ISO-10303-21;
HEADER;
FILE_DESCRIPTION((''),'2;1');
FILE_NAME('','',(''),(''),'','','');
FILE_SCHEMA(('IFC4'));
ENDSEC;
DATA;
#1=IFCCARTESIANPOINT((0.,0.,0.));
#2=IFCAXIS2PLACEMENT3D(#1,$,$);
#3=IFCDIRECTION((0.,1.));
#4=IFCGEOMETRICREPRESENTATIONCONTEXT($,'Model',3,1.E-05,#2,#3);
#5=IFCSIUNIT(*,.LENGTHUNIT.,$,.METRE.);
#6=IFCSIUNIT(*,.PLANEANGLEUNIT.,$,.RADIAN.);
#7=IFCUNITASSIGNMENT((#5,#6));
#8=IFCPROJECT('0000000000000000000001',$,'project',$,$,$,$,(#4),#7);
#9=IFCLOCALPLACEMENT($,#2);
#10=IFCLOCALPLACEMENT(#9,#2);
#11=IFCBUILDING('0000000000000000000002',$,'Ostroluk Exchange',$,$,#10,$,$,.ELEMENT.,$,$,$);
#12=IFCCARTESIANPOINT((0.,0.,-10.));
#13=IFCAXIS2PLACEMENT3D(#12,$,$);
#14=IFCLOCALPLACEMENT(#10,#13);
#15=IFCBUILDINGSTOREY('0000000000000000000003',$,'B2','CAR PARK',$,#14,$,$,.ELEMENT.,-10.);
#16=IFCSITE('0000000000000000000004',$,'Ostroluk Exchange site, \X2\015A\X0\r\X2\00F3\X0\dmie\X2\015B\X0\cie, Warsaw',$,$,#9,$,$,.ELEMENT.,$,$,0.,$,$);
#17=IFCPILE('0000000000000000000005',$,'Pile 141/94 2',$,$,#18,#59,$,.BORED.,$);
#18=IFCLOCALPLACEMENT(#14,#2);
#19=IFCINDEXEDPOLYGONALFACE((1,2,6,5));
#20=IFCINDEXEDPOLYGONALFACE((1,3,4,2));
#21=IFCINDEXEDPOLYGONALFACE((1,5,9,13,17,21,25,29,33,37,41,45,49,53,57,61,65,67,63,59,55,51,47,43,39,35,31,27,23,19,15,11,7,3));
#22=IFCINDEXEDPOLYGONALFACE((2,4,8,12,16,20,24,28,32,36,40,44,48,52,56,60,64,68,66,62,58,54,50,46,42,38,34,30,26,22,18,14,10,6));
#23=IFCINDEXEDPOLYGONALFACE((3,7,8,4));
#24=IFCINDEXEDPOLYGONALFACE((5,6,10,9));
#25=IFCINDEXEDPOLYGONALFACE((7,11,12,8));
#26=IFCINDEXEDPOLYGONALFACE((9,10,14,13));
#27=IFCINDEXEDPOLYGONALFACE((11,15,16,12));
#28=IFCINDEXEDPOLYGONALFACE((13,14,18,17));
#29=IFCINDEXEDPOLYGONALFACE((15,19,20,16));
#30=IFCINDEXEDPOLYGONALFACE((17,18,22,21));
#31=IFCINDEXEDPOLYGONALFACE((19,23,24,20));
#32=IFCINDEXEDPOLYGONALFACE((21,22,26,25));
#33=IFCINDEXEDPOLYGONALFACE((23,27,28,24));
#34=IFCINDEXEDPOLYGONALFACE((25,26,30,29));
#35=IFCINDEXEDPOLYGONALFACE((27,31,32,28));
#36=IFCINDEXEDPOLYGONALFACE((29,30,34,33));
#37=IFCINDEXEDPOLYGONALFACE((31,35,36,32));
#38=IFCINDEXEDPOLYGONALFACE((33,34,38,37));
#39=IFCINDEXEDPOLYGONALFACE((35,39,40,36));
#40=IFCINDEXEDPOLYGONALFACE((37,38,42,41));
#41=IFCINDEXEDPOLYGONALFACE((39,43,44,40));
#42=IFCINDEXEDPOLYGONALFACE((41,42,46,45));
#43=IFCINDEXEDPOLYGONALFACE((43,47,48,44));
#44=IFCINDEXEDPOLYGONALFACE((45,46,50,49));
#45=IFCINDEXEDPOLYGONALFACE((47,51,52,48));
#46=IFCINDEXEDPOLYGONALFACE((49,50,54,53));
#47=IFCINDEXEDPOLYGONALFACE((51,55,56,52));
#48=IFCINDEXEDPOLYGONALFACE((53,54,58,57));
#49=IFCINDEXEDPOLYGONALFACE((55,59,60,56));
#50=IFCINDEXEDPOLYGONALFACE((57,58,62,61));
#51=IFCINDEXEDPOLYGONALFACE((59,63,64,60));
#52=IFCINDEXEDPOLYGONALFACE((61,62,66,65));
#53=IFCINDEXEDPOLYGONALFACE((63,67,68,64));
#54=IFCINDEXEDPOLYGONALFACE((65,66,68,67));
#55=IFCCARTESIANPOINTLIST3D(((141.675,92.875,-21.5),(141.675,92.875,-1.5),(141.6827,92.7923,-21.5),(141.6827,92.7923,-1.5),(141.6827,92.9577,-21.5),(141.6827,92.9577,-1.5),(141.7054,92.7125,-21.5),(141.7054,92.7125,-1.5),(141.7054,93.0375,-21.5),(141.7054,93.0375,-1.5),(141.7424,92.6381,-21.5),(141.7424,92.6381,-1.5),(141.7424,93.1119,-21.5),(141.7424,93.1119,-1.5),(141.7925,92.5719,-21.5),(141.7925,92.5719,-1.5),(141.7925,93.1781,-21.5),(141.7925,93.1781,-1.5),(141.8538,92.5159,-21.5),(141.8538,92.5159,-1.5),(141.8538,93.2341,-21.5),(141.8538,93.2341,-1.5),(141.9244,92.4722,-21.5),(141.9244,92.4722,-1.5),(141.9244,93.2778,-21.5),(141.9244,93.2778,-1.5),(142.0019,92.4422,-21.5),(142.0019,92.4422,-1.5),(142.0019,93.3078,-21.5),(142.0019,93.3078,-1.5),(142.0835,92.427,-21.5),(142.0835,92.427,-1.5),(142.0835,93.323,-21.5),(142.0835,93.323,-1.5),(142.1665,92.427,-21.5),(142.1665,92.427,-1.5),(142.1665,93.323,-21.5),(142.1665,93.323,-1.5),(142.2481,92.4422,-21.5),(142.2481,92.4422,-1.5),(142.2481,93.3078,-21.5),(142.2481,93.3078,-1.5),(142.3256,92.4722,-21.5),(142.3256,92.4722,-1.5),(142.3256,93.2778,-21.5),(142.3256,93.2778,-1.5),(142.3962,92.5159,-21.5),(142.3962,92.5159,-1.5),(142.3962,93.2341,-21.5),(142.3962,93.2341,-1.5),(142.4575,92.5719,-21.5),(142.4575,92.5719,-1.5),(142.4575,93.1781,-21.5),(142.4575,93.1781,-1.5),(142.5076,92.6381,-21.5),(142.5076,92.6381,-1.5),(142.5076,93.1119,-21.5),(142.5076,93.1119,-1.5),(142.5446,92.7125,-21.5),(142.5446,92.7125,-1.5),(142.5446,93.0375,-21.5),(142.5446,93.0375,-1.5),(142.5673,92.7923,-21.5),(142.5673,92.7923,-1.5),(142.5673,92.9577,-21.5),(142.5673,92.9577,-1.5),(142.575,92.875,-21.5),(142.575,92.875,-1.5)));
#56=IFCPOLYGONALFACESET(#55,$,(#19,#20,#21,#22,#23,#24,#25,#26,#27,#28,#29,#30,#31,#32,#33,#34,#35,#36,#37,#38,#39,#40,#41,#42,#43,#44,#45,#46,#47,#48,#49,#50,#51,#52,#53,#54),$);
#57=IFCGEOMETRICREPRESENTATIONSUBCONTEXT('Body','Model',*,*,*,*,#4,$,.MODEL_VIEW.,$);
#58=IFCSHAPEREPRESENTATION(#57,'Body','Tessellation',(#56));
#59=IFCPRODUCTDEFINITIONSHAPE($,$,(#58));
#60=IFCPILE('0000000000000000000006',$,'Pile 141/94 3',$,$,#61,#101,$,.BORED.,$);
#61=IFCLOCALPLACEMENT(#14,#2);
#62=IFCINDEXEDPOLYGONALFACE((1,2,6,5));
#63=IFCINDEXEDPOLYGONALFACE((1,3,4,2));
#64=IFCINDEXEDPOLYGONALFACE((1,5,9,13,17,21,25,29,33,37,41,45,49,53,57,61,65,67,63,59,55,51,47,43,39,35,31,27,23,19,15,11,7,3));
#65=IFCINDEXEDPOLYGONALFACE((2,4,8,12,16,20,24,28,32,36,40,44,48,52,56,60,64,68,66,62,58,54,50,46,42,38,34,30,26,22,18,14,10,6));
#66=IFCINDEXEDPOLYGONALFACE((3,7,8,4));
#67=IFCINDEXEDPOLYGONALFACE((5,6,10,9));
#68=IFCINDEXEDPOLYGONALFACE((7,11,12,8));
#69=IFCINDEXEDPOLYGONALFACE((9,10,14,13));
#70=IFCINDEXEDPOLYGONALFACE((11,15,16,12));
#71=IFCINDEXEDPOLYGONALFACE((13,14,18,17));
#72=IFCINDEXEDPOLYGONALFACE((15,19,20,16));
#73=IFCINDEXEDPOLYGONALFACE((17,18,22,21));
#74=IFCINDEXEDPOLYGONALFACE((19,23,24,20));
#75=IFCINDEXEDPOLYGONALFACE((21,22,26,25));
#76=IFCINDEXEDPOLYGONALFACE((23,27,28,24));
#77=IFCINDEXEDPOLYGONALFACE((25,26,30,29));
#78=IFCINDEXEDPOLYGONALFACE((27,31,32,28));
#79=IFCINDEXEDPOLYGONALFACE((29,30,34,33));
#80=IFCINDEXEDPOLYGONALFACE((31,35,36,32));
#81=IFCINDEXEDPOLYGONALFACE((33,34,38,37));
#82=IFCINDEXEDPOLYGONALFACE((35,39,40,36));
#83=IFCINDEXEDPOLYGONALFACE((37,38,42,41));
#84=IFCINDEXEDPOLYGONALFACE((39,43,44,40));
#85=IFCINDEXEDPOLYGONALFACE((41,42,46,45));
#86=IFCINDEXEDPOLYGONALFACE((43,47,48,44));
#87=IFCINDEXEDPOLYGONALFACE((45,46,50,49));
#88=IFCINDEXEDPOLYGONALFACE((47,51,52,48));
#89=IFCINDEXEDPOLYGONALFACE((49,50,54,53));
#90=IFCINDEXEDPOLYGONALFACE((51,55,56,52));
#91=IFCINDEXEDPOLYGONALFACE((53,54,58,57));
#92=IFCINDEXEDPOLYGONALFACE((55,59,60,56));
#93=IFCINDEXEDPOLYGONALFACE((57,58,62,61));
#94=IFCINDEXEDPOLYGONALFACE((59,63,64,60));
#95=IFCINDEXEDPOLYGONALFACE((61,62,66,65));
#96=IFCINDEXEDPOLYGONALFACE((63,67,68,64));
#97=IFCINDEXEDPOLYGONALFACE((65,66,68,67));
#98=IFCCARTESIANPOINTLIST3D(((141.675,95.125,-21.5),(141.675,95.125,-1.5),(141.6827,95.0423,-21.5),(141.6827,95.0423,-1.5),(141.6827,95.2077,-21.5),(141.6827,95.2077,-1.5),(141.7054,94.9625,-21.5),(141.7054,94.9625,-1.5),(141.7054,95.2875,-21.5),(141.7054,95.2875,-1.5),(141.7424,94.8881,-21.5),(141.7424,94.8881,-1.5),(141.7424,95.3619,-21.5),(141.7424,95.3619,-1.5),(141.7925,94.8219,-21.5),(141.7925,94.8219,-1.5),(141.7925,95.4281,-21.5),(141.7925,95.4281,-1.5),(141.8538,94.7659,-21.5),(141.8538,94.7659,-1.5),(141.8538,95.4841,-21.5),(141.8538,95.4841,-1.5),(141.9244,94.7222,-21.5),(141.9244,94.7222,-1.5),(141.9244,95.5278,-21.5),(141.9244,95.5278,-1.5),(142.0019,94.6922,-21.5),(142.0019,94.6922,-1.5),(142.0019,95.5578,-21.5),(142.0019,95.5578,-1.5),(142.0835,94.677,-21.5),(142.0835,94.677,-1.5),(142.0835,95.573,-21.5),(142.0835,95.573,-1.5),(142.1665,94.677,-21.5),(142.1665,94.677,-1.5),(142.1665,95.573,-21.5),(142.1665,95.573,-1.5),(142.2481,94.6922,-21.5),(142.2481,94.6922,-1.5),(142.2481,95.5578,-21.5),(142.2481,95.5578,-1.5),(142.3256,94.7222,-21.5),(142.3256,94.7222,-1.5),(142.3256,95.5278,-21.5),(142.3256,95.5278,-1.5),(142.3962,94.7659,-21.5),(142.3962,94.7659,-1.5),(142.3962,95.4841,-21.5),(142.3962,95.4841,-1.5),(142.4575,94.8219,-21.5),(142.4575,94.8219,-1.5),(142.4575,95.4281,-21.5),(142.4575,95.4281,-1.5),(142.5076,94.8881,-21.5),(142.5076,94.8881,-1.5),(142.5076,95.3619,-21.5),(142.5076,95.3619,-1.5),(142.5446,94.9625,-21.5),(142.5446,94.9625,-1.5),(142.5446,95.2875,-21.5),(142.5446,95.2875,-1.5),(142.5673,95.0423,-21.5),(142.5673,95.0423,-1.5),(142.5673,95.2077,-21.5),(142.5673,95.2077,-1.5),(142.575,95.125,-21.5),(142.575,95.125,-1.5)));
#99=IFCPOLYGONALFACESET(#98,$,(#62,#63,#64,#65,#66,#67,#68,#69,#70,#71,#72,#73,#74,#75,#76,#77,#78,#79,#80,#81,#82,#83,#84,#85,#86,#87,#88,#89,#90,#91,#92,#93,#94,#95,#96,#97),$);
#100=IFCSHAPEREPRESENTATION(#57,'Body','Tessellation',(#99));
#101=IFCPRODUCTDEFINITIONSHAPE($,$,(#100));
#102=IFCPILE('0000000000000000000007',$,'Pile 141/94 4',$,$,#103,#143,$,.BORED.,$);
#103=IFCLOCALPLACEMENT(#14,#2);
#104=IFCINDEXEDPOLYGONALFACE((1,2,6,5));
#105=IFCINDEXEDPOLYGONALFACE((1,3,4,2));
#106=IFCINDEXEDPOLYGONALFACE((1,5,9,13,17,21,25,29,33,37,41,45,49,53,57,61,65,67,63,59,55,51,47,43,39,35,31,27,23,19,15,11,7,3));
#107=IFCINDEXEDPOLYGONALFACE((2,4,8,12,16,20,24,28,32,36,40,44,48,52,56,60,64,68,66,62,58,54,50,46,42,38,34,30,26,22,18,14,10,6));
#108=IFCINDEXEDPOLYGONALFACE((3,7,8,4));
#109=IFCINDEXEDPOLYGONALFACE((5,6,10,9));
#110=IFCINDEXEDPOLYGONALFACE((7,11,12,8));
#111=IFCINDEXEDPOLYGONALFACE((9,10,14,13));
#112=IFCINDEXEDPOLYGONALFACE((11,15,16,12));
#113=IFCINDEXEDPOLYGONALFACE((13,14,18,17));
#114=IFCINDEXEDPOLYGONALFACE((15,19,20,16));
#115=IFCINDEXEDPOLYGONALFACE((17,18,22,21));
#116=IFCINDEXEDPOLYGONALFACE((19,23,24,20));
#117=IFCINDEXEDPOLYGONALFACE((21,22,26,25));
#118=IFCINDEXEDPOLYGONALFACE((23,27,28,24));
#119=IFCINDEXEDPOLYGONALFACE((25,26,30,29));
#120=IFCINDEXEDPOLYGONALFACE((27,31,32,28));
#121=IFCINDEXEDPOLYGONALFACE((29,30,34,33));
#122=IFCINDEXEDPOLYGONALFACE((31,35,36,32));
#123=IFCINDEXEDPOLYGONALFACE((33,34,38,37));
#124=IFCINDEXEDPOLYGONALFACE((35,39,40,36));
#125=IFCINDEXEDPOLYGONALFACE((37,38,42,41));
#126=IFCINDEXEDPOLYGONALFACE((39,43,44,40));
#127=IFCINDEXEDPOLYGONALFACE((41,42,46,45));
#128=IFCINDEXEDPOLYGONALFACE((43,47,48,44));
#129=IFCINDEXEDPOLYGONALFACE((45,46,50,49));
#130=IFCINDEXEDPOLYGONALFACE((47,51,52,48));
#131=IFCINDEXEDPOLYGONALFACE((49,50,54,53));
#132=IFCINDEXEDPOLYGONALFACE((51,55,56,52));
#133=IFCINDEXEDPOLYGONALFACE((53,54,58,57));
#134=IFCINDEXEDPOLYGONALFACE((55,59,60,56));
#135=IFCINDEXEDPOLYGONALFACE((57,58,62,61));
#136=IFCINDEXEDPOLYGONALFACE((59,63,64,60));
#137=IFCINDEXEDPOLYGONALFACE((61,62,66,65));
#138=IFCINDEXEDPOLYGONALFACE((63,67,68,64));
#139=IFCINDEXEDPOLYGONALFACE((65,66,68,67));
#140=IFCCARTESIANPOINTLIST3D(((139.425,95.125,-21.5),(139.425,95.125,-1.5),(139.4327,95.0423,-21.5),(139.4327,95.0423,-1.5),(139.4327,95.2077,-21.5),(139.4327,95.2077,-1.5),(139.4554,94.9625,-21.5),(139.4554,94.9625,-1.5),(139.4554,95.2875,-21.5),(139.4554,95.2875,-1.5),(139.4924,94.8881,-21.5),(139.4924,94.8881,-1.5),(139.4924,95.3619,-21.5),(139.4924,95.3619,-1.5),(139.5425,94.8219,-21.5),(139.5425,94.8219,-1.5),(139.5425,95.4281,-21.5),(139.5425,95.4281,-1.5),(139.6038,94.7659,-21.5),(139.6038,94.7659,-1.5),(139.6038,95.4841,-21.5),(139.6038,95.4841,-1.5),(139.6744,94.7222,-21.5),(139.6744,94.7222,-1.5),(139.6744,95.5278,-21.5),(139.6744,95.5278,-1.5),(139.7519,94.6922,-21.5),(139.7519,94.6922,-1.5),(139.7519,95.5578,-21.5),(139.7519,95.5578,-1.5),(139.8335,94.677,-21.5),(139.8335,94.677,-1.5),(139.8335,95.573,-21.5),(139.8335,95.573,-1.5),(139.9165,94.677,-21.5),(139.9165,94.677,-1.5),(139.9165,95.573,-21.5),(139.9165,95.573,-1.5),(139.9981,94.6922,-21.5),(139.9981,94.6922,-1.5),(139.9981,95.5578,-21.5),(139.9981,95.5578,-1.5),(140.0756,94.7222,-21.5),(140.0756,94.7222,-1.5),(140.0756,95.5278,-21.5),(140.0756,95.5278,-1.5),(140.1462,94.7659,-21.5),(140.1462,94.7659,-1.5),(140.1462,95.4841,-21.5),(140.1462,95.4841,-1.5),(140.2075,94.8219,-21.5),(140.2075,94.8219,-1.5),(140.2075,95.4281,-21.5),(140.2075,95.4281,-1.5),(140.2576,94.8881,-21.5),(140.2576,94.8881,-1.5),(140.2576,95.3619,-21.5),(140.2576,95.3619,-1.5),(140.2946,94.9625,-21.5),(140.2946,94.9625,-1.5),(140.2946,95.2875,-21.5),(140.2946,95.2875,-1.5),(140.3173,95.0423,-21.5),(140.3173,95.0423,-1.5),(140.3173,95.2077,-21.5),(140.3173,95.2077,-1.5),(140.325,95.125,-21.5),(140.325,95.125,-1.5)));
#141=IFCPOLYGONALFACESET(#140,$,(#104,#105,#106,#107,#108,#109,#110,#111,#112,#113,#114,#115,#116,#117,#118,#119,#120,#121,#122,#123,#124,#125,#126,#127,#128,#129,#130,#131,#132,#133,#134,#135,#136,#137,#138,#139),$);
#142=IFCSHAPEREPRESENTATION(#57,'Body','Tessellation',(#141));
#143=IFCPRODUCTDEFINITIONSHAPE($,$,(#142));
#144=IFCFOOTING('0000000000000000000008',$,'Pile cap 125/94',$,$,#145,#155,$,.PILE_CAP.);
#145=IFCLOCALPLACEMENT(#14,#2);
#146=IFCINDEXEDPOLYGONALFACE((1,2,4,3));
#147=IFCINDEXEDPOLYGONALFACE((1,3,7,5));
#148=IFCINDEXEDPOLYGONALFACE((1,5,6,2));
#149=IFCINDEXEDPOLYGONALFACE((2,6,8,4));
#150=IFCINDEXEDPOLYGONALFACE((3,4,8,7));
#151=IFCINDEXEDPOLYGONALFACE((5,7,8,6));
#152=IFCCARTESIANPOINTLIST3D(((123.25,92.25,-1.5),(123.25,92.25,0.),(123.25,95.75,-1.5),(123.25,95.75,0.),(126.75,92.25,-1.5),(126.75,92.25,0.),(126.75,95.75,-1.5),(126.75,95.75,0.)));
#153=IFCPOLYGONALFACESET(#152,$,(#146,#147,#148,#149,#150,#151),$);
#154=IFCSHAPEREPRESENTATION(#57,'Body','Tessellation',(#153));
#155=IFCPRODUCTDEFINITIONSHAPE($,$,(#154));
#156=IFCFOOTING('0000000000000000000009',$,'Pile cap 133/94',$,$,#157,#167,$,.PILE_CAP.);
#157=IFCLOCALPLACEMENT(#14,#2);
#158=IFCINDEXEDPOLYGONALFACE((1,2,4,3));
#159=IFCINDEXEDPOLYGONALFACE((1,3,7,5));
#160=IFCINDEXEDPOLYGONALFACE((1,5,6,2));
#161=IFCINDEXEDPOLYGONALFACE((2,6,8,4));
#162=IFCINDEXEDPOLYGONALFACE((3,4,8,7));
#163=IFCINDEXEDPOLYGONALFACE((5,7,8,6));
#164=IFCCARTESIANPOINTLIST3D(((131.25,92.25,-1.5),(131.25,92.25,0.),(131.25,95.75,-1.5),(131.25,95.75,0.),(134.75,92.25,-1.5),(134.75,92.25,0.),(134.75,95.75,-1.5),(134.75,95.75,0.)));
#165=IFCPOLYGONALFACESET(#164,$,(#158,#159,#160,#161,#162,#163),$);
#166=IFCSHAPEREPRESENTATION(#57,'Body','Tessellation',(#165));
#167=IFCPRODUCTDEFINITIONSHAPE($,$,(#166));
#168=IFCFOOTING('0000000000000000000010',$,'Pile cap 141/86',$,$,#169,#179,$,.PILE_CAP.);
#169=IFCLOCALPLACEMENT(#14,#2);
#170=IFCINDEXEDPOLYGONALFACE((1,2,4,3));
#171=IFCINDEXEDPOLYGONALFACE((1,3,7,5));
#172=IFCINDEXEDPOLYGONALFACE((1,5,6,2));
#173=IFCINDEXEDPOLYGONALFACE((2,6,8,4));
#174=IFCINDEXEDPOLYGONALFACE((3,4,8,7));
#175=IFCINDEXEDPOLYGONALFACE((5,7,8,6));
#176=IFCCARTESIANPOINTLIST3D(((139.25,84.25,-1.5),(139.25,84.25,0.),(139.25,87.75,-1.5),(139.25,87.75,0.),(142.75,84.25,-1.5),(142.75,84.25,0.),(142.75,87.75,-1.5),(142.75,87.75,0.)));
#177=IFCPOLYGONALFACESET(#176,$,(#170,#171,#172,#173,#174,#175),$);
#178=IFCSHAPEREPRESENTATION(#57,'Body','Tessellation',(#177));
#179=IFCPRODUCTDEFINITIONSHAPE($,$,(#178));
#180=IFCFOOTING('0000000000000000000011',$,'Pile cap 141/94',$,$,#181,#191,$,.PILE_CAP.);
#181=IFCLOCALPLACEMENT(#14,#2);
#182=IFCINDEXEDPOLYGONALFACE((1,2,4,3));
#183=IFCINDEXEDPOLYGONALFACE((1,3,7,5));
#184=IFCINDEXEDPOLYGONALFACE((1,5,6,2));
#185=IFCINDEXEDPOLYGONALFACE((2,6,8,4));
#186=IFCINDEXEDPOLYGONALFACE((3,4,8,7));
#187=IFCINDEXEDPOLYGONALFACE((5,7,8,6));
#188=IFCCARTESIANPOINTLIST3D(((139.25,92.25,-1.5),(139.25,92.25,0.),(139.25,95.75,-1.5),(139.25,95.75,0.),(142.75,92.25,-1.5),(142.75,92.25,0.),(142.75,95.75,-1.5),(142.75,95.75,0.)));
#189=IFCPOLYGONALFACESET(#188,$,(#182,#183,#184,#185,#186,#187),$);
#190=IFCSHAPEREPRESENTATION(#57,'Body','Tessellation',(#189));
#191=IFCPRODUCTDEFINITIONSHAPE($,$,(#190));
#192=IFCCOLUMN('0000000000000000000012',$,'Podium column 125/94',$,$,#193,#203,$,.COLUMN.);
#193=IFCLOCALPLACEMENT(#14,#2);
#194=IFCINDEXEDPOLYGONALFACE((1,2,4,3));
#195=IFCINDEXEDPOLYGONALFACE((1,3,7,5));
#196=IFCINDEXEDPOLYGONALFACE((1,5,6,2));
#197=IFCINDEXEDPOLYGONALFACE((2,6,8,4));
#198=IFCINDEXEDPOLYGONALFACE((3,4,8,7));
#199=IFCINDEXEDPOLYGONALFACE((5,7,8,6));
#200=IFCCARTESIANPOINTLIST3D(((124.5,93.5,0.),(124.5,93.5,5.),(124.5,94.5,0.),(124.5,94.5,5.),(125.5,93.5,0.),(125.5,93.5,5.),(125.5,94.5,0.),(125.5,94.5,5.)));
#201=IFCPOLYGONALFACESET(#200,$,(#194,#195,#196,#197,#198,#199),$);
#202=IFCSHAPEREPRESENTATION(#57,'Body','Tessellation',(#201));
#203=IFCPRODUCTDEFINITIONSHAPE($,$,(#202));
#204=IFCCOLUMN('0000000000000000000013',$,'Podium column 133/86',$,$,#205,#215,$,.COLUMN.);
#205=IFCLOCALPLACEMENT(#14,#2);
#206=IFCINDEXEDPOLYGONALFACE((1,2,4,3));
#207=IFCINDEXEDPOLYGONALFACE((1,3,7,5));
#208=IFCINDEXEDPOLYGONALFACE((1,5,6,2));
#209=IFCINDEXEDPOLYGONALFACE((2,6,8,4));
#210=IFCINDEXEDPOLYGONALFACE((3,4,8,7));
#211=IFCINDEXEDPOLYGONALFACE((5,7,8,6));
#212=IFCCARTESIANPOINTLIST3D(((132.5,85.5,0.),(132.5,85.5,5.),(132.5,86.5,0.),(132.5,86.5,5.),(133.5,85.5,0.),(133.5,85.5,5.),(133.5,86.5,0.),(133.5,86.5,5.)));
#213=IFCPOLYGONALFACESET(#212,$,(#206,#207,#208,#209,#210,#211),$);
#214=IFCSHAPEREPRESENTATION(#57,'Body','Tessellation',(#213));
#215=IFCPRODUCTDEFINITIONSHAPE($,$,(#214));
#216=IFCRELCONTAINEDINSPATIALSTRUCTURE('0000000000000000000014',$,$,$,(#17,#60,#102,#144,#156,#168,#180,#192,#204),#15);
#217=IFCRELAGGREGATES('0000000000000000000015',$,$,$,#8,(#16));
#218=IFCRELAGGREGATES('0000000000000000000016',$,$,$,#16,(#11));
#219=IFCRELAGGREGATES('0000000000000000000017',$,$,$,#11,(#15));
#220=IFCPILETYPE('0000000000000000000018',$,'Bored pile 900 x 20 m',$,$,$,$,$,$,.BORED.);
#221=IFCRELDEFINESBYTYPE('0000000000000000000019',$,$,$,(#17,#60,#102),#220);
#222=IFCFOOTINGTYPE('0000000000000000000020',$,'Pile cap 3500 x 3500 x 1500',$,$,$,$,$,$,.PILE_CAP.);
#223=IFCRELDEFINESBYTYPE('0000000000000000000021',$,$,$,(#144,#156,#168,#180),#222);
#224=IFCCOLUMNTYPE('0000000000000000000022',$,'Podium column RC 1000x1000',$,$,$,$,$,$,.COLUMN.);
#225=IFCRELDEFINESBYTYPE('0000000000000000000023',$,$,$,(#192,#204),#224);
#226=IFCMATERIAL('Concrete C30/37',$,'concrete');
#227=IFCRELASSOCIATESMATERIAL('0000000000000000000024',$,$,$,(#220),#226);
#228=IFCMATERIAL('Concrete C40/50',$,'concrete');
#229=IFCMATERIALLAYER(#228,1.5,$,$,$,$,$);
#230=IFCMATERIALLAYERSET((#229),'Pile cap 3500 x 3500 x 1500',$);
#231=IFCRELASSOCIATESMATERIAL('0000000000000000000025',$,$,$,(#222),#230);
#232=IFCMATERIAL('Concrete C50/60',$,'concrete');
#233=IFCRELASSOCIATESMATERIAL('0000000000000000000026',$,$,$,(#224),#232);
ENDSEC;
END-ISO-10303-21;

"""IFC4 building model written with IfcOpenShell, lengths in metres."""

from ifc_helpers import new_model, si_unit, direction, frame, origin, origin_2d, place, context, subcontext, project, spatial, rectangle, circle, extrude, material, layer, layer_set, material_profile, profile_set, type_object, element, save


model = new_model("IFC4")

# Units and contexts
model_context = context("Model", 3, precision=1e-05, world=origin(), true_north=direction((0.0, 1.0)))
body_context = subcontext(model_context, "Body", "Model", "MODEL_VIEW")
ifc_project = project(units=[si_unit("LENGTHUNIT", "METRE"), si_unit("PLANEANGLEUNIT", "RADIAN")], contexts=[model_context])

# Site, building, storey
site_placement = place(None, origin())
site = spatial("IfcSite", under=ifc_project, at=site_placement, Name="Ostroluk Exchange site, Śródmieście, Warsaw", CompositionType="ELEMENT", RefElevation=0.0)
building_placement = place(site_placement, origin())
building = spatial("IfcBuilding", under=site, at=building_placement, Name="Ostroluk Exchange", CompositionType="ELEMENT")
storey_placement = place(building_placement, frame((0.0, 0.0, -10.0)))
storey = spatial("IfcBuildingStorey", under=building, at=storey_placement, Name="B2", Description="CAR PARK", CompositionType="ELEMENT", Elevation=-10.0)

# Piles
ifc_material_1 = material(Name="Concrete C30/37", Category="concrete")
pile_type = type_object("IfcPileType", Name="Bored pile 900 x 20 m", PredefinedType="BORED", material=ifc_material_1)
for number, where, z_axis, x_axis, name in (
    (1, (142.125, 92.875, -1.5), (0.0, 0.0, -1.0), (1.0, 0.0, 0.0), "Pile 141/94 2"),
    (2, (142.125, 95.125, -1.5), (0.0, 0.0, -1.0), (1.0, 0.0, 0.0), "Pile 141/94 3"),
    (3, (139.875, 95.125, -1.5), (0.0, 0.0, -1.0), (1.0, 0.0, 0.0), "Pile 141/94 4"),
):
    element("IfcPile", number, at=place(storey_placement, frame(where, z_axis=z_axis, x_axis=x_axis)), inside=storey, type_object=pile_type, Name=name, PredefinedType="BORED", context=body_context, shape_type="SweptSolid", body=[
        extrude(circle(Radius=0.45, at=origin_2d()), origin(), (0.0, 0.0, 1.0), 20.0),
    ])

# Footings
ifc_material_2 = material(Name="Concrete C40/50", Category="concrete")
ifc_layer = layer(ifc_material_2, 1.5)
ifc_layer_set = layer_set([ifc_layer], Name="Pile cap 3500 x 3500 x 1500")
footing_type = type_object("IfcFootingType", Name="Pile cap 3500 x 3500 x 1500", PredefinedType="PILE_CAP", material=ifc_layer_set)
for number, where, z_axis, x_axis, name in (
    (4, (125.0, 94.0, -1.5), (0.0, 0.0, 1.0), (1.0, 0.0, 0.0), "Pile cap 125/94"),
    (5, (133.0, 94.0, -1.5), (0.0, 0.0, 1.0), (1.0, 0.0, 0.0), "Pile cap 133/94"),
    (6, (141.0, 86.0, -1.5), (0.0, 0.0, 1.0), (1.0, 0.0, 0.0), "Pile cap 141/86"),
    (7, (141.0, 94.0, -1.5), (0.0, 0.0, 1.0), (1.0, 0.0, 0.0), "Pile cap 141/94"),
):
    element("IfcFooting", number, at=place(storey_placement, frame(where, z_axis=z_axis, x_axis=x_axis)), inside=storey, type_object=footing_type, Name=name, PredefinedType="PILE_CAP", context=body_context, shape_type="SweptSolid", body=[
        extrude(rectangle(XDim=3.5, YDim=3.5, at=origin_2d()), origin(), (0.0, 0.0, 1.0), 1.5),
    ])

# Columns
ifc_material_3 = material(Name="Concrete C50/60", Category="concrete")
ifc_material_profile = material_profile(ifc_material_3, rectangle(XDim=1.0, YDim=1.0, at=origin_2d()), Name="RC 1000x1000")
ifc_profile_set = profile_set([ifc_material_profile], Name="Concrete C50/60")
column_type = type_object("IfcColumnType", Name="Podium column RC 1000x1000", PredefinedType="COLUMN", material=ifc_profile_set)
for number, where, z_axis, x_axis, name in (
    (8, (125.0, 94.0, 0.0), (0.0, 0.0, 1.0), (1.0, 0.0, 0.0), "Podium column 125/94"),
    (9, (133.0, 86.0, 0.0), (0.0, 0.0, 1.0), (1.0, 0.0, 0.0), "Podium column 133/86"),
):
    element("IfcColumn", number, at=place(storey_placement, frame(where, z_axis=z_axis, x_axis=x_axis)), inside=storey, type_object=column_type, Name=name, PredefinedType="COLUMN", context=body_context, shape_type="SweptSolid", body=[
        extrude(rectangle(XDim=1.0, YDim=1.0, at=origin_2d()), origin(), (0.0, 0.0, 1.0), 5.0),
    ])

save(model, "model.ifc")
